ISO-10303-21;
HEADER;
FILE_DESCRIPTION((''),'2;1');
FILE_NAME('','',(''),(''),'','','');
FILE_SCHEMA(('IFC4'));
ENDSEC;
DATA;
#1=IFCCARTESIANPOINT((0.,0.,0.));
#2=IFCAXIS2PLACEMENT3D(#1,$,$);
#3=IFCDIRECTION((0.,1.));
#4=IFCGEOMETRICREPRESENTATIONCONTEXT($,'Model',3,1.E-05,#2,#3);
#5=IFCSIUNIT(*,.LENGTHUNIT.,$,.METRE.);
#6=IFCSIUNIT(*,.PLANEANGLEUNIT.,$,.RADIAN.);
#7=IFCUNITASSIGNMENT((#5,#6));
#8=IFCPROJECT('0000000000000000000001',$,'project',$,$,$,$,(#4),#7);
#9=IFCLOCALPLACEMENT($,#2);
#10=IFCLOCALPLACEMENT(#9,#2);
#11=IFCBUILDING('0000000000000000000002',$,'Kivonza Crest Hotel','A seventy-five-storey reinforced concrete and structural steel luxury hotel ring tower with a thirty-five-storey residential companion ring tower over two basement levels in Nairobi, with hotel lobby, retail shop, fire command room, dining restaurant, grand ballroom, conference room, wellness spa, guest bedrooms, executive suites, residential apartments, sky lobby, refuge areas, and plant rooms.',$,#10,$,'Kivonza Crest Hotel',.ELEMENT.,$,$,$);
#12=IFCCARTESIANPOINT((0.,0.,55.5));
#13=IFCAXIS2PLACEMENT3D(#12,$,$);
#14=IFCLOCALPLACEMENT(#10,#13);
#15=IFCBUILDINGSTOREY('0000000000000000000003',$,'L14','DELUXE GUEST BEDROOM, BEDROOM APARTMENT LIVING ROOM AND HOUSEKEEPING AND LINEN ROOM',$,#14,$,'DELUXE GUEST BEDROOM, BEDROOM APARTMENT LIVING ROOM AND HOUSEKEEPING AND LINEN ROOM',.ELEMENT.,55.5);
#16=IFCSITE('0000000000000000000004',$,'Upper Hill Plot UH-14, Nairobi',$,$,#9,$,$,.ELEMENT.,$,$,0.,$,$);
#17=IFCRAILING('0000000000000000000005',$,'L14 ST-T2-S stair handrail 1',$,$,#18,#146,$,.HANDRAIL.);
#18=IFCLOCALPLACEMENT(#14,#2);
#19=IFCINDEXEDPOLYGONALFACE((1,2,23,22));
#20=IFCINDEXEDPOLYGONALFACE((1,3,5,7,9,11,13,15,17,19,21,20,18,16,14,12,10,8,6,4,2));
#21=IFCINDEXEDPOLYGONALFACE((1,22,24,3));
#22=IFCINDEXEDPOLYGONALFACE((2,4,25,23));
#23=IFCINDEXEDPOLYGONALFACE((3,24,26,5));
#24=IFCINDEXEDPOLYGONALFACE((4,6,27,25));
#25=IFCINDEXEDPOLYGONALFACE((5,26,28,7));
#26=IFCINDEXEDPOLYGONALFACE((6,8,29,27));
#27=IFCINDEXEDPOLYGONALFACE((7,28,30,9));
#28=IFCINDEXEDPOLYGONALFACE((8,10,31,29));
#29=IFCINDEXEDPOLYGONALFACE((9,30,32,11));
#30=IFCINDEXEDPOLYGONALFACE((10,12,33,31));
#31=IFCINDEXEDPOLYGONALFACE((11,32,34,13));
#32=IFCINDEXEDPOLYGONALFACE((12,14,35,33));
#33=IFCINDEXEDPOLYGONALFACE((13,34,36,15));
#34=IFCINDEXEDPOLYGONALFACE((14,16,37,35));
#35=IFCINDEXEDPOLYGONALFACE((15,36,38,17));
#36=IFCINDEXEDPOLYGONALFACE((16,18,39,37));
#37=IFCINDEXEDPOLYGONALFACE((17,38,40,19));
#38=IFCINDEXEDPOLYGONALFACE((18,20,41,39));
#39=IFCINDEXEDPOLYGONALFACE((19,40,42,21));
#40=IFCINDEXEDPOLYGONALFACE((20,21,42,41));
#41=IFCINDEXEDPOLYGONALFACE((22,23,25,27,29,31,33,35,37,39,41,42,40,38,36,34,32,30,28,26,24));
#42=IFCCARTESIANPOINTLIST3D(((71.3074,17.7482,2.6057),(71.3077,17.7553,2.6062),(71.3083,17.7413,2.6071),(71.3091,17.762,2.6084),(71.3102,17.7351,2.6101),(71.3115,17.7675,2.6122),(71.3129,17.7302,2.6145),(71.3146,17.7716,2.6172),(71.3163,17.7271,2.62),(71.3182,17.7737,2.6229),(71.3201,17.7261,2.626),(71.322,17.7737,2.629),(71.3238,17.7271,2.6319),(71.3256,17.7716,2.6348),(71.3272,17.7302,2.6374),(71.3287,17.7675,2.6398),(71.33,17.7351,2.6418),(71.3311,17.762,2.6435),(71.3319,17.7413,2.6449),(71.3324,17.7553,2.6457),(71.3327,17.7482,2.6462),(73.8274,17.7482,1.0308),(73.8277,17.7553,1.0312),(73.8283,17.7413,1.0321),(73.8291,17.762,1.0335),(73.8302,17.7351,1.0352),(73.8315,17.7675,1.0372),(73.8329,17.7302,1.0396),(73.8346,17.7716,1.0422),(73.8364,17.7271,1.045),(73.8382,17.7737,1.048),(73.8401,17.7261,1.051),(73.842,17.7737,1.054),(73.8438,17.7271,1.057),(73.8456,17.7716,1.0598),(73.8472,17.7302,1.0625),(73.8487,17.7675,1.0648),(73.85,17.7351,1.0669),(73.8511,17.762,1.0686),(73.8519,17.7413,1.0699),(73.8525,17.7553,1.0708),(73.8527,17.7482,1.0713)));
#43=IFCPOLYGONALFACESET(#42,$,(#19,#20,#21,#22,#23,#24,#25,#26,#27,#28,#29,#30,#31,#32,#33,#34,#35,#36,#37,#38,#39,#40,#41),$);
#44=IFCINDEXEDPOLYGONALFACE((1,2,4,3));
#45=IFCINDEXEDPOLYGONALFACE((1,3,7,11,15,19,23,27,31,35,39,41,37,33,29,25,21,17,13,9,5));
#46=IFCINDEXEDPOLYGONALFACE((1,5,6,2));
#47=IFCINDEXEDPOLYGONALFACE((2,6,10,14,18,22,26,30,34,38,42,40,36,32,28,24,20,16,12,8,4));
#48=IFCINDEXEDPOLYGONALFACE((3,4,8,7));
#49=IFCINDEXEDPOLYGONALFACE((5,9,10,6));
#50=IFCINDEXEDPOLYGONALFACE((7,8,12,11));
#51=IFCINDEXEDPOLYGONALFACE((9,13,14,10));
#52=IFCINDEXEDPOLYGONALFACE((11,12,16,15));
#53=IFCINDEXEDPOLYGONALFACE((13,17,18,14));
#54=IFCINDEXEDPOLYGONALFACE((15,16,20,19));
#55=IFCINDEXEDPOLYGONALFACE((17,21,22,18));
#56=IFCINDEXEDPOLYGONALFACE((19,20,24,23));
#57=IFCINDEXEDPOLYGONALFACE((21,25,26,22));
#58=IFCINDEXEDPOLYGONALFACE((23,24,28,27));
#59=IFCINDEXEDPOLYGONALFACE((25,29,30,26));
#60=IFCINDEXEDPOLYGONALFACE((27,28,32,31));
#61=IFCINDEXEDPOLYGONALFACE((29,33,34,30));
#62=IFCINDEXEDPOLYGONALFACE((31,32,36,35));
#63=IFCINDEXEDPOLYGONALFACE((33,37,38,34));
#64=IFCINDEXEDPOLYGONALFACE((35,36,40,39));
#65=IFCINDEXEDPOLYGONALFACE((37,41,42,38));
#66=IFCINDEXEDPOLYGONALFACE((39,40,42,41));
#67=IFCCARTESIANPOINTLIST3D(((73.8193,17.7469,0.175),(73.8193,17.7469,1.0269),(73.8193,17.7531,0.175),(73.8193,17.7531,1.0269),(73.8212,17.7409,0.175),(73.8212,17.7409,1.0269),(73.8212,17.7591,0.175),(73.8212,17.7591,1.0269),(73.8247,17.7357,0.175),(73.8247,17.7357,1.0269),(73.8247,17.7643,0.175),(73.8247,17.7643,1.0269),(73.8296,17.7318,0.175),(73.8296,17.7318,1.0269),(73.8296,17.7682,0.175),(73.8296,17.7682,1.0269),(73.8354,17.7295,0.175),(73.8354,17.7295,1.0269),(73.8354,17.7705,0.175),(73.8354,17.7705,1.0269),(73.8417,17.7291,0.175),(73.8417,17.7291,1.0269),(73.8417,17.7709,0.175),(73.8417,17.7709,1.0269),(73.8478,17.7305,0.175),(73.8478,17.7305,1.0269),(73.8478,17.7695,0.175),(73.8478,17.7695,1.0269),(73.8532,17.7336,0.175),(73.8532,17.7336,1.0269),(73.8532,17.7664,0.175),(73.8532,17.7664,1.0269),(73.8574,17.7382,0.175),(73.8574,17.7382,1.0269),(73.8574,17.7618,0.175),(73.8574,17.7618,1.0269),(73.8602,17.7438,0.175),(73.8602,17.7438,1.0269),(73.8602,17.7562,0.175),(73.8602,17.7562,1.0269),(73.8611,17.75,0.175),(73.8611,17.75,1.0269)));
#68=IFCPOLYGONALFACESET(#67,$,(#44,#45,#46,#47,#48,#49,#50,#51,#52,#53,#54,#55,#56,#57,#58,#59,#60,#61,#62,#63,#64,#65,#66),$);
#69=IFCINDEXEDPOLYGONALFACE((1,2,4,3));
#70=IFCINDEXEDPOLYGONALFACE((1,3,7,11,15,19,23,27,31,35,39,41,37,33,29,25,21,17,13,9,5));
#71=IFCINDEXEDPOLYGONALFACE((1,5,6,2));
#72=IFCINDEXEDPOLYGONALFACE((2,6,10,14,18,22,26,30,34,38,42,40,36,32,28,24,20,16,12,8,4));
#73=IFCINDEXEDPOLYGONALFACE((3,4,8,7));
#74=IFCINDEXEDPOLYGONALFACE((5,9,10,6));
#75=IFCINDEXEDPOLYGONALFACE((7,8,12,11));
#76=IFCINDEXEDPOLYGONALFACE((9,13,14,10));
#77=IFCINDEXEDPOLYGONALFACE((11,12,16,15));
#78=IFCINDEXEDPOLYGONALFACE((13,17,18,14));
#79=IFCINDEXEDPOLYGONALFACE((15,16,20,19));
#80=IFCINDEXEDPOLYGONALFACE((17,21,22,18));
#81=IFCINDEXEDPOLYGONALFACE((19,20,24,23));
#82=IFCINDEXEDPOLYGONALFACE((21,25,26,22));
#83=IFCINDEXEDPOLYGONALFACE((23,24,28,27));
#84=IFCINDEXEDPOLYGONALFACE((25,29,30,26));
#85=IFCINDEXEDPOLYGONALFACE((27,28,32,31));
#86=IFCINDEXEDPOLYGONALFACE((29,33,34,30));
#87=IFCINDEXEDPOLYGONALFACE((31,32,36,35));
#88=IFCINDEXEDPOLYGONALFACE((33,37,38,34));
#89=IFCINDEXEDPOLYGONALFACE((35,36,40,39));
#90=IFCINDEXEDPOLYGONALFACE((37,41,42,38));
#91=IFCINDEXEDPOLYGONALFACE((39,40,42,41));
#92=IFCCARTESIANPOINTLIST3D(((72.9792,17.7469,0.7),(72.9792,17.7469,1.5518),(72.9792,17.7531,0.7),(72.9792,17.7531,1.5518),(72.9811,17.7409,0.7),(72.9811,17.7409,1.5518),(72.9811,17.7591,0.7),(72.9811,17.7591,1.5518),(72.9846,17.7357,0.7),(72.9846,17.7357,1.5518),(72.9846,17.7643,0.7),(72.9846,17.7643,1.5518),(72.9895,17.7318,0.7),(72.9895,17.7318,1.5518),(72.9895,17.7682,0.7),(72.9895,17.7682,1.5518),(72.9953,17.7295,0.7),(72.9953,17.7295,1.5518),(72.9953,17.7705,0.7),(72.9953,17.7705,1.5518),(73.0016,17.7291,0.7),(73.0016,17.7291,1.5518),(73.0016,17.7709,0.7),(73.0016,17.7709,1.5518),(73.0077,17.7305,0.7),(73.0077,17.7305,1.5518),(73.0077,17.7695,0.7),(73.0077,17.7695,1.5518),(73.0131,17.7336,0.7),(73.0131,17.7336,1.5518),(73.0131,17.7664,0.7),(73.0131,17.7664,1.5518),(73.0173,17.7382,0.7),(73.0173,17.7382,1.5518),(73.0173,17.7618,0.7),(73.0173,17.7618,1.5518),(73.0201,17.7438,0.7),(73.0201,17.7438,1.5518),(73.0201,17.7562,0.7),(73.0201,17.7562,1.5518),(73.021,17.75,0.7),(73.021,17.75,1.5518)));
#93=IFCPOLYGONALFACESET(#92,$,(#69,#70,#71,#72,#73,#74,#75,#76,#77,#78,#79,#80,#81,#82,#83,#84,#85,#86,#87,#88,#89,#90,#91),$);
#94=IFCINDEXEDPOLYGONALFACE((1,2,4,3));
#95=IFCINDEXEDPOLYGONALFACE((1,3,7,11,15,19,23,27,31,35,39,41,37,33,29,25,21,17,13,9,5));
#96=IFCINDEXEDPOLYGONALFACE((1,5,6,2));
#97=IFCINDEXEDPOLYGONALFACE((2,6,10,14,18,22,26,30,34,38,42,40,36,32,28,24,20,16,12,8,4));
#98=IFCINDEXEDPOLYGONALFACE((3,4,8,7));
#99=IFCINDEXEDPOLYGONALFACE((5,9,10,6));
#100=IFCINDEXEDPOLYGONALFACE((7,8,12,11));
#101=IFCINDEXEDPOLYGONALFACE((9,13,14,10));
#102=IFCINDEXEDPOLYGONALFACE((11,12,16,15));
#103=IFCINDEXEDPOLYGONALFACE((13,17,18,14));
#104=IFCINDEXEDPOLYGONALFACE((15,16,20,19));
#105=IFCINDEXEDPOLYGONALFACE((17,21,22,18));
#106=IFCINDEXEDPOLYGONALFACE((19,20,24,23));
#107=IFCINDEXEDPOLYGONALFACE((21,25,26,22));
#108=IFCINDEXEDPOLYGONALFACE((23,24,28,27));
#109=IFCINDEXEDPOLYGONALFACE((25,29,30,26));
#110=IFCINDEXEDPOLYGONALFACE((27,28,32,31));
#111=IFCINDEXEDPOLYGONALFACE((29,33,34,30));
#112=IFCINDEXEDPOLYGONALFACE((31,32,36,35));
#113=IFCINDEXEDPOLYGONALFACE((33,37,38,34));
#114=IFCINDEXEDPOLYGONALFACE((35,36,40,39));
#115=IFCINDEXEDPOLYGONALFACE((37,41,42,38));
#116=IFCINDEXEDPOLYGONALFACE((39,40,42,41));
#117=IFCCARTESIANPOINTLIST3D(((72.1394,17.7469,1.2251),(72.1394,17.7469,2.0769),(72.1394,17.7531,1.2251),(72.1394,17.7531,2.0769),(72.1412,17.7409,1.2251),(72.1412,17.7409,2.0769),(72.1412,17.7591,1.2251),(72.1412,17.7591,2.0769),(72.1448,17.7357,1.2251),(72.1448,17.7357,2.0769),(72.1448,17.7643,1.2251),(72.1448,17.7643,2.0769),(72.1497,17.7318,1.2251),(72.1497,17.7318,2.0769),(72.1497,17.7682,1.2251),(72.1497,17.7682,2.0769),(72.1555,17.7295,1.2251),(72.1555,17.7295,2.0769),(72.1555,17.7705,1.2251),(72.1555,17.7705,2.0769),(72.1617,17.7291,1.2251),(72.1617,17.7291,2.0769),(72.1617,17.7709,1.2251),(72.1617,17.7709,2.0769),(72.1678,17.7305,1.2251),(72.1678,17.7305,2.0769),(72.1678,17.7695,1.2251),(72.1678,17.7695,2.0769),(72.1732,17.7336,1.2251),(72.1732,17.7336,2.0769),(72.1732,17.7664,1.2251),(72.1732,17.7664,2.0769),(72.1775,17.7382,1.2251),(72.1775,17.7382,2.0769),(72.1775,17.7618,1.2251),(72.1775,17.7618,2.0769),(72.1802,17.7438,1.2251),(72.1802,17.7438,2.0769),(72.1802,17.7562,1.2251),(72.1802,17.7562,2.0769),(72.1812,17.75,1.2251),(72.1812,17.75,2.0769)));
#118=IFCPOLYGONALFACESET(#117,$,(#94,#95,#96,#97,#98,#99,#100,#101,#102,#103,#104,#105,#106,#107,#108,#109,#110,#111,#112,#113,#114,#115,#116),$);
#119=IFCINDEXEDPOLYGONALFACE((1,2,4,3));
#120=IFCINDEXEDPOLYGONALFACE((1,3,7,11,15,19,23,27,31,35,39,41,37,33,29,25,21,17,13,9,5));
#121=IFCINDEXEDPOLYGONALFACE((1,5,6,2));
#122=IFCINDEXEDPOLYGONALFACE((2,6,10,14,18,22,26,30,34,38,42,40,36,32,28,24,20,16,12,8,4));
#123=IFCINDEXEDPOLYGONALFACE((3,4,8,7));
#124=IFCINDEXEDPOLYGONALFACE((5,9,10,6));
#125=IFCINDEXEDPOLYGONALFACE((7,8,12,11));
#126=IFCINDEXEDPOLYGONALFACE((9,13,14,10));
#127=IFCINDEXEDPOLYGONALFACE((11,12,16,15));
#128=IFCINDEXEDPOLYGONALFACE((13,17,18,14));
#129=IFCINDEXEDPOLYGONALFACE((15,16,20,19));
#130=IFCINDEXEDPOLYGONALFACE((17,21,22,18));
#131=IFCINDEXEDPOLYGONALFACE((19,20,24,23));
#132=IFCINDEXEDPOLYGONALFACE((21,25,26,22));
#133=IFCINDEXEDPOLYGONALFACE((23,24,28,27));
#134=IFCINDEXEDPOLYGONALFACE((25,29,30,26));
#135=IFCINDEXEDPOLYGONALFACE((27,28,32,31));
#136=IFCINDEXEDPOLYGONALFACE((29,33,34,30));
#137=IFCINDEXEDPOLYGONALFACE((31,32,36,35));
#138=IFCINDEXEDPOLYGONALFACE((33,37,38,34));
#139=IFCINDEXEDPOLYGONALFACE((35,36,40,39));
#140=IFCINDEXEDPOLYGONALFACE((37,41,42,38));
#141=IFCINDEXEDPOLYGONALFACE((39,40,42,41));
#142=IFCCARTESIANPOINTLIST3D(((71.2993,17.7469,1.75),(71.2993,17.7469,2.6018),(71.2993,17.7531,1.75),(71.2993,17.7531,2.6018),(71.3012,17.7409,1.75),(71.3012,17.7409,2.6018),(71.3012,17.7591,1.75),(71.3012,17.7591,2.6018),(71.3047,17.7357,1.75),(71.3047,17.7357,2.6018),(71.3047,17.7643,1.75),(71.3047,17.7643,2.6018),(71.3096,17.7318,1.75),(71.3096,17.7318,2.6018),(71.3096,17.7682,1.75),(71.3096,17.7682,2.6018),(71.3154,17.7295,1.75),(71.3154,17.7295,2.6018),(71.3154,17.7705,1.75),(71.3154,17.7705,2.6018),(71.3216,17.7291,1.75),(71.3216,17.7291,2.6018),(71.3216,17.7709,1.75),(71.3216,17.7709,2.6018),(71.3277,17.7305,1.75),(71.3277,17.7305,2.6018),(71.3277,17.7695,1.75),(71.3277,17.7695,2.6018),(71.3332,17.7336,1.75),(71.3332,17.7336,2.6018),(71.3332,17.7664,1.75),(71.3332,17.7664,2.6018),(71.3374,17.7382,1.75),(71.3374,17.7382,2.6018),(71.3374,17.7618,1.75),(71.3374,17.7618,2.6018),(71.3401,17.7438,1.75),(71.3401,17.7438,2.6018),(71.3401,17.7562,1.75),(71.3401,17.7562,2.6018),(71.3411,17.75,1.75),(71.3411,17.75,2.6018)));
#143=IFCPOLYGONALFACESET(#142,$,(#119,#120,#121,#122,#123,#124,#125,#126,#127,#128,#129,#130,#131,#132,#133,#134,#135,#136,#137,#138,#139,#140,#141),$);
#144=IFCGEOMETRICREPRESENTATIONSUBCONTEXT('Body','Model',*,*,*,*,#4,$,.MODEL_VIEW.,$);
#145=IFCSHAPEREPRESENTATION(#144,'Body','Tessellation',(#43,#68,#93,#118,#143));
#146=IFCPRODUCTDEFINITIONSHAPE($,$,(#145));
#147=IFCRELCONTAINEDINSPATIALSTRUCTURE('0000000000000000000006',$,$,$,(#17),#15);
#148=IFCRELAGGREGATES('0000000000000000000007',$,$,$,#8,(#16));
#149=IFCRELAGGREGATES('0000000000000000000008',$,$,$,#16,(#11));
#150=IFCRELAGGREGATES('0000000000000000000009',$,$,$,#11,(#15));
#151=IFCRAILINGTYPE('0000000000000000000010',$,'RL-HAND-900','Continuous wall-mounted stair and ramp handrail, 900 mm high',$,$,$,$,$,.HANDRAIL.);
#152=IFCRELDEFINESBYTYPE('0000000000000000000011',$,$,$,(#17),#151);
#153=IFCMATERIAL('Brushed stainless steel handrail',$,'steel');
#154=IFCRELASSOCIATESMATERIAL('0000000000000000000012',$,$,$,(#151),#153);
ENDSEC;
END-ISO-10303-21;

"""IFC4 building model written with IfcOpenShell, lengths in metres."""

from ifc_helpers import new_model, si_unit, direction, frame, origin, origin_2d, place, context, subcontext, project, spatial, circle, extrude, material, type_object, element, save


model = new_model("IFC4")

# Units and contexts
model_context = context("Model", 3, precision=1e-05, world=origin(), true_north=direction((0.0, 1.0)))
body_context = subcontext(model_context, "Body", "Model", "MODEL_VIEW")
ifc_project = project(units=[si_unit("LENGTHUNIT", "METRE"), si_unit("PLANEANGLEUNIT", "RADIAN")], contexts=[model_context])

# Site, building, storey
site_placement = place(None, origin())
site = spatial("IfcSite", under=ifc_project, at=site_placement, Name="Upper Hill Plot UH-14, Nairobi", CompositionType="ELEMENT", RefElevation=0.0)
building_placement = place(site_placement, origin())
building = spatial("IfcBuilding", under=site, at=building_placement, Name="Kivonza Crest Hotel", Description="A seventy-five-storey reinforced concrete and structural steel luxury hotel ring tower with a thirty-five-storey residential companion ring tower over two basement levels in Nairobi, with hotel lobby, retail shop, fire command room, dining restaurant, grand ballroom, conference room, wellness spa, guest bedrooms, executive suites, residential apartments, sky lobby, refuge areas, and plant rooms.", LongName="Kivonza Crest Hotel", CompositionType="ELEMENT")
storey_placement = place(building_placement, frame((0.0, 0.0, 55.5)))
storey = spatial("IfcBuildingStorey", under=building, at=storey_placement, Name="L14", Description="DELUXE GUEST BEDROOM, BEDROOM APARTMENT LIVING ROOM AND HOUSEKEEPING AND LINEN ROOM", LongName="DELUXE GUEST BEDROOM, BEDROOM APARTMENT LIVING ROOM AND HOUSEKEEPING AND LINEN ROOM", CompositionType="ELEMENT", Elevation=55.5)

# Railing
ifc_material_1 = material(Name="Brushed stainless steel handrail", Category="steel")
railing_type_1 = type_object("IfcRailingType", Name="RL-HAND-900", Description="Continuous wall-mounted stair and ramp handrail, 900 mm high", PredefinedType="HANDRAIL", material=ifc_material_1)
railing_1_placement = place(storey_placement, frame((73.8401, 17.75, 0.175)))
element("IfcRailing", 1, at=railing_1_placement, inside=storey, type_object=railing_type_1, Name="L14 ST-T2-S stair handrail 1", PredefinedType="HANDRAIL", context=body_context, shape_type="SweptSolid", body=[
    extrude(circle(Radius=0.0239, at=origin_2d()), frame((0.0, 0.0, 0.876), z_axis=(-0.848008, 0.0, 0.529984), x_axis=(0.0, -1.0, 0.0)), (0.0, 0.0, 1.0), 2.9717),
    extrude(circle(Radius=0.021, at=origin_2d()), origin(), (0.0, 0.0, 1.0), 0.8518),
    extrude(circle(Radius=0.021, at=origin_2d()), frame((-0.8401, 0.0, 0.5249)), (0.0, 0.0, 1.0), 0.8518),
    extrude(circle(Radius=0.021, at=origin_2d()), frame((-1.6799, 0.0, 1.05)), (0.0, 0.0, 1.0), 0.8518),
    extrude(circle(Radius=0.021, at=origin_2d()), frame((-2.52, 0.0, 1.575)), (0.0, 0.0, 1.0), 0.8518),
])

save(model, "model.ifc")
